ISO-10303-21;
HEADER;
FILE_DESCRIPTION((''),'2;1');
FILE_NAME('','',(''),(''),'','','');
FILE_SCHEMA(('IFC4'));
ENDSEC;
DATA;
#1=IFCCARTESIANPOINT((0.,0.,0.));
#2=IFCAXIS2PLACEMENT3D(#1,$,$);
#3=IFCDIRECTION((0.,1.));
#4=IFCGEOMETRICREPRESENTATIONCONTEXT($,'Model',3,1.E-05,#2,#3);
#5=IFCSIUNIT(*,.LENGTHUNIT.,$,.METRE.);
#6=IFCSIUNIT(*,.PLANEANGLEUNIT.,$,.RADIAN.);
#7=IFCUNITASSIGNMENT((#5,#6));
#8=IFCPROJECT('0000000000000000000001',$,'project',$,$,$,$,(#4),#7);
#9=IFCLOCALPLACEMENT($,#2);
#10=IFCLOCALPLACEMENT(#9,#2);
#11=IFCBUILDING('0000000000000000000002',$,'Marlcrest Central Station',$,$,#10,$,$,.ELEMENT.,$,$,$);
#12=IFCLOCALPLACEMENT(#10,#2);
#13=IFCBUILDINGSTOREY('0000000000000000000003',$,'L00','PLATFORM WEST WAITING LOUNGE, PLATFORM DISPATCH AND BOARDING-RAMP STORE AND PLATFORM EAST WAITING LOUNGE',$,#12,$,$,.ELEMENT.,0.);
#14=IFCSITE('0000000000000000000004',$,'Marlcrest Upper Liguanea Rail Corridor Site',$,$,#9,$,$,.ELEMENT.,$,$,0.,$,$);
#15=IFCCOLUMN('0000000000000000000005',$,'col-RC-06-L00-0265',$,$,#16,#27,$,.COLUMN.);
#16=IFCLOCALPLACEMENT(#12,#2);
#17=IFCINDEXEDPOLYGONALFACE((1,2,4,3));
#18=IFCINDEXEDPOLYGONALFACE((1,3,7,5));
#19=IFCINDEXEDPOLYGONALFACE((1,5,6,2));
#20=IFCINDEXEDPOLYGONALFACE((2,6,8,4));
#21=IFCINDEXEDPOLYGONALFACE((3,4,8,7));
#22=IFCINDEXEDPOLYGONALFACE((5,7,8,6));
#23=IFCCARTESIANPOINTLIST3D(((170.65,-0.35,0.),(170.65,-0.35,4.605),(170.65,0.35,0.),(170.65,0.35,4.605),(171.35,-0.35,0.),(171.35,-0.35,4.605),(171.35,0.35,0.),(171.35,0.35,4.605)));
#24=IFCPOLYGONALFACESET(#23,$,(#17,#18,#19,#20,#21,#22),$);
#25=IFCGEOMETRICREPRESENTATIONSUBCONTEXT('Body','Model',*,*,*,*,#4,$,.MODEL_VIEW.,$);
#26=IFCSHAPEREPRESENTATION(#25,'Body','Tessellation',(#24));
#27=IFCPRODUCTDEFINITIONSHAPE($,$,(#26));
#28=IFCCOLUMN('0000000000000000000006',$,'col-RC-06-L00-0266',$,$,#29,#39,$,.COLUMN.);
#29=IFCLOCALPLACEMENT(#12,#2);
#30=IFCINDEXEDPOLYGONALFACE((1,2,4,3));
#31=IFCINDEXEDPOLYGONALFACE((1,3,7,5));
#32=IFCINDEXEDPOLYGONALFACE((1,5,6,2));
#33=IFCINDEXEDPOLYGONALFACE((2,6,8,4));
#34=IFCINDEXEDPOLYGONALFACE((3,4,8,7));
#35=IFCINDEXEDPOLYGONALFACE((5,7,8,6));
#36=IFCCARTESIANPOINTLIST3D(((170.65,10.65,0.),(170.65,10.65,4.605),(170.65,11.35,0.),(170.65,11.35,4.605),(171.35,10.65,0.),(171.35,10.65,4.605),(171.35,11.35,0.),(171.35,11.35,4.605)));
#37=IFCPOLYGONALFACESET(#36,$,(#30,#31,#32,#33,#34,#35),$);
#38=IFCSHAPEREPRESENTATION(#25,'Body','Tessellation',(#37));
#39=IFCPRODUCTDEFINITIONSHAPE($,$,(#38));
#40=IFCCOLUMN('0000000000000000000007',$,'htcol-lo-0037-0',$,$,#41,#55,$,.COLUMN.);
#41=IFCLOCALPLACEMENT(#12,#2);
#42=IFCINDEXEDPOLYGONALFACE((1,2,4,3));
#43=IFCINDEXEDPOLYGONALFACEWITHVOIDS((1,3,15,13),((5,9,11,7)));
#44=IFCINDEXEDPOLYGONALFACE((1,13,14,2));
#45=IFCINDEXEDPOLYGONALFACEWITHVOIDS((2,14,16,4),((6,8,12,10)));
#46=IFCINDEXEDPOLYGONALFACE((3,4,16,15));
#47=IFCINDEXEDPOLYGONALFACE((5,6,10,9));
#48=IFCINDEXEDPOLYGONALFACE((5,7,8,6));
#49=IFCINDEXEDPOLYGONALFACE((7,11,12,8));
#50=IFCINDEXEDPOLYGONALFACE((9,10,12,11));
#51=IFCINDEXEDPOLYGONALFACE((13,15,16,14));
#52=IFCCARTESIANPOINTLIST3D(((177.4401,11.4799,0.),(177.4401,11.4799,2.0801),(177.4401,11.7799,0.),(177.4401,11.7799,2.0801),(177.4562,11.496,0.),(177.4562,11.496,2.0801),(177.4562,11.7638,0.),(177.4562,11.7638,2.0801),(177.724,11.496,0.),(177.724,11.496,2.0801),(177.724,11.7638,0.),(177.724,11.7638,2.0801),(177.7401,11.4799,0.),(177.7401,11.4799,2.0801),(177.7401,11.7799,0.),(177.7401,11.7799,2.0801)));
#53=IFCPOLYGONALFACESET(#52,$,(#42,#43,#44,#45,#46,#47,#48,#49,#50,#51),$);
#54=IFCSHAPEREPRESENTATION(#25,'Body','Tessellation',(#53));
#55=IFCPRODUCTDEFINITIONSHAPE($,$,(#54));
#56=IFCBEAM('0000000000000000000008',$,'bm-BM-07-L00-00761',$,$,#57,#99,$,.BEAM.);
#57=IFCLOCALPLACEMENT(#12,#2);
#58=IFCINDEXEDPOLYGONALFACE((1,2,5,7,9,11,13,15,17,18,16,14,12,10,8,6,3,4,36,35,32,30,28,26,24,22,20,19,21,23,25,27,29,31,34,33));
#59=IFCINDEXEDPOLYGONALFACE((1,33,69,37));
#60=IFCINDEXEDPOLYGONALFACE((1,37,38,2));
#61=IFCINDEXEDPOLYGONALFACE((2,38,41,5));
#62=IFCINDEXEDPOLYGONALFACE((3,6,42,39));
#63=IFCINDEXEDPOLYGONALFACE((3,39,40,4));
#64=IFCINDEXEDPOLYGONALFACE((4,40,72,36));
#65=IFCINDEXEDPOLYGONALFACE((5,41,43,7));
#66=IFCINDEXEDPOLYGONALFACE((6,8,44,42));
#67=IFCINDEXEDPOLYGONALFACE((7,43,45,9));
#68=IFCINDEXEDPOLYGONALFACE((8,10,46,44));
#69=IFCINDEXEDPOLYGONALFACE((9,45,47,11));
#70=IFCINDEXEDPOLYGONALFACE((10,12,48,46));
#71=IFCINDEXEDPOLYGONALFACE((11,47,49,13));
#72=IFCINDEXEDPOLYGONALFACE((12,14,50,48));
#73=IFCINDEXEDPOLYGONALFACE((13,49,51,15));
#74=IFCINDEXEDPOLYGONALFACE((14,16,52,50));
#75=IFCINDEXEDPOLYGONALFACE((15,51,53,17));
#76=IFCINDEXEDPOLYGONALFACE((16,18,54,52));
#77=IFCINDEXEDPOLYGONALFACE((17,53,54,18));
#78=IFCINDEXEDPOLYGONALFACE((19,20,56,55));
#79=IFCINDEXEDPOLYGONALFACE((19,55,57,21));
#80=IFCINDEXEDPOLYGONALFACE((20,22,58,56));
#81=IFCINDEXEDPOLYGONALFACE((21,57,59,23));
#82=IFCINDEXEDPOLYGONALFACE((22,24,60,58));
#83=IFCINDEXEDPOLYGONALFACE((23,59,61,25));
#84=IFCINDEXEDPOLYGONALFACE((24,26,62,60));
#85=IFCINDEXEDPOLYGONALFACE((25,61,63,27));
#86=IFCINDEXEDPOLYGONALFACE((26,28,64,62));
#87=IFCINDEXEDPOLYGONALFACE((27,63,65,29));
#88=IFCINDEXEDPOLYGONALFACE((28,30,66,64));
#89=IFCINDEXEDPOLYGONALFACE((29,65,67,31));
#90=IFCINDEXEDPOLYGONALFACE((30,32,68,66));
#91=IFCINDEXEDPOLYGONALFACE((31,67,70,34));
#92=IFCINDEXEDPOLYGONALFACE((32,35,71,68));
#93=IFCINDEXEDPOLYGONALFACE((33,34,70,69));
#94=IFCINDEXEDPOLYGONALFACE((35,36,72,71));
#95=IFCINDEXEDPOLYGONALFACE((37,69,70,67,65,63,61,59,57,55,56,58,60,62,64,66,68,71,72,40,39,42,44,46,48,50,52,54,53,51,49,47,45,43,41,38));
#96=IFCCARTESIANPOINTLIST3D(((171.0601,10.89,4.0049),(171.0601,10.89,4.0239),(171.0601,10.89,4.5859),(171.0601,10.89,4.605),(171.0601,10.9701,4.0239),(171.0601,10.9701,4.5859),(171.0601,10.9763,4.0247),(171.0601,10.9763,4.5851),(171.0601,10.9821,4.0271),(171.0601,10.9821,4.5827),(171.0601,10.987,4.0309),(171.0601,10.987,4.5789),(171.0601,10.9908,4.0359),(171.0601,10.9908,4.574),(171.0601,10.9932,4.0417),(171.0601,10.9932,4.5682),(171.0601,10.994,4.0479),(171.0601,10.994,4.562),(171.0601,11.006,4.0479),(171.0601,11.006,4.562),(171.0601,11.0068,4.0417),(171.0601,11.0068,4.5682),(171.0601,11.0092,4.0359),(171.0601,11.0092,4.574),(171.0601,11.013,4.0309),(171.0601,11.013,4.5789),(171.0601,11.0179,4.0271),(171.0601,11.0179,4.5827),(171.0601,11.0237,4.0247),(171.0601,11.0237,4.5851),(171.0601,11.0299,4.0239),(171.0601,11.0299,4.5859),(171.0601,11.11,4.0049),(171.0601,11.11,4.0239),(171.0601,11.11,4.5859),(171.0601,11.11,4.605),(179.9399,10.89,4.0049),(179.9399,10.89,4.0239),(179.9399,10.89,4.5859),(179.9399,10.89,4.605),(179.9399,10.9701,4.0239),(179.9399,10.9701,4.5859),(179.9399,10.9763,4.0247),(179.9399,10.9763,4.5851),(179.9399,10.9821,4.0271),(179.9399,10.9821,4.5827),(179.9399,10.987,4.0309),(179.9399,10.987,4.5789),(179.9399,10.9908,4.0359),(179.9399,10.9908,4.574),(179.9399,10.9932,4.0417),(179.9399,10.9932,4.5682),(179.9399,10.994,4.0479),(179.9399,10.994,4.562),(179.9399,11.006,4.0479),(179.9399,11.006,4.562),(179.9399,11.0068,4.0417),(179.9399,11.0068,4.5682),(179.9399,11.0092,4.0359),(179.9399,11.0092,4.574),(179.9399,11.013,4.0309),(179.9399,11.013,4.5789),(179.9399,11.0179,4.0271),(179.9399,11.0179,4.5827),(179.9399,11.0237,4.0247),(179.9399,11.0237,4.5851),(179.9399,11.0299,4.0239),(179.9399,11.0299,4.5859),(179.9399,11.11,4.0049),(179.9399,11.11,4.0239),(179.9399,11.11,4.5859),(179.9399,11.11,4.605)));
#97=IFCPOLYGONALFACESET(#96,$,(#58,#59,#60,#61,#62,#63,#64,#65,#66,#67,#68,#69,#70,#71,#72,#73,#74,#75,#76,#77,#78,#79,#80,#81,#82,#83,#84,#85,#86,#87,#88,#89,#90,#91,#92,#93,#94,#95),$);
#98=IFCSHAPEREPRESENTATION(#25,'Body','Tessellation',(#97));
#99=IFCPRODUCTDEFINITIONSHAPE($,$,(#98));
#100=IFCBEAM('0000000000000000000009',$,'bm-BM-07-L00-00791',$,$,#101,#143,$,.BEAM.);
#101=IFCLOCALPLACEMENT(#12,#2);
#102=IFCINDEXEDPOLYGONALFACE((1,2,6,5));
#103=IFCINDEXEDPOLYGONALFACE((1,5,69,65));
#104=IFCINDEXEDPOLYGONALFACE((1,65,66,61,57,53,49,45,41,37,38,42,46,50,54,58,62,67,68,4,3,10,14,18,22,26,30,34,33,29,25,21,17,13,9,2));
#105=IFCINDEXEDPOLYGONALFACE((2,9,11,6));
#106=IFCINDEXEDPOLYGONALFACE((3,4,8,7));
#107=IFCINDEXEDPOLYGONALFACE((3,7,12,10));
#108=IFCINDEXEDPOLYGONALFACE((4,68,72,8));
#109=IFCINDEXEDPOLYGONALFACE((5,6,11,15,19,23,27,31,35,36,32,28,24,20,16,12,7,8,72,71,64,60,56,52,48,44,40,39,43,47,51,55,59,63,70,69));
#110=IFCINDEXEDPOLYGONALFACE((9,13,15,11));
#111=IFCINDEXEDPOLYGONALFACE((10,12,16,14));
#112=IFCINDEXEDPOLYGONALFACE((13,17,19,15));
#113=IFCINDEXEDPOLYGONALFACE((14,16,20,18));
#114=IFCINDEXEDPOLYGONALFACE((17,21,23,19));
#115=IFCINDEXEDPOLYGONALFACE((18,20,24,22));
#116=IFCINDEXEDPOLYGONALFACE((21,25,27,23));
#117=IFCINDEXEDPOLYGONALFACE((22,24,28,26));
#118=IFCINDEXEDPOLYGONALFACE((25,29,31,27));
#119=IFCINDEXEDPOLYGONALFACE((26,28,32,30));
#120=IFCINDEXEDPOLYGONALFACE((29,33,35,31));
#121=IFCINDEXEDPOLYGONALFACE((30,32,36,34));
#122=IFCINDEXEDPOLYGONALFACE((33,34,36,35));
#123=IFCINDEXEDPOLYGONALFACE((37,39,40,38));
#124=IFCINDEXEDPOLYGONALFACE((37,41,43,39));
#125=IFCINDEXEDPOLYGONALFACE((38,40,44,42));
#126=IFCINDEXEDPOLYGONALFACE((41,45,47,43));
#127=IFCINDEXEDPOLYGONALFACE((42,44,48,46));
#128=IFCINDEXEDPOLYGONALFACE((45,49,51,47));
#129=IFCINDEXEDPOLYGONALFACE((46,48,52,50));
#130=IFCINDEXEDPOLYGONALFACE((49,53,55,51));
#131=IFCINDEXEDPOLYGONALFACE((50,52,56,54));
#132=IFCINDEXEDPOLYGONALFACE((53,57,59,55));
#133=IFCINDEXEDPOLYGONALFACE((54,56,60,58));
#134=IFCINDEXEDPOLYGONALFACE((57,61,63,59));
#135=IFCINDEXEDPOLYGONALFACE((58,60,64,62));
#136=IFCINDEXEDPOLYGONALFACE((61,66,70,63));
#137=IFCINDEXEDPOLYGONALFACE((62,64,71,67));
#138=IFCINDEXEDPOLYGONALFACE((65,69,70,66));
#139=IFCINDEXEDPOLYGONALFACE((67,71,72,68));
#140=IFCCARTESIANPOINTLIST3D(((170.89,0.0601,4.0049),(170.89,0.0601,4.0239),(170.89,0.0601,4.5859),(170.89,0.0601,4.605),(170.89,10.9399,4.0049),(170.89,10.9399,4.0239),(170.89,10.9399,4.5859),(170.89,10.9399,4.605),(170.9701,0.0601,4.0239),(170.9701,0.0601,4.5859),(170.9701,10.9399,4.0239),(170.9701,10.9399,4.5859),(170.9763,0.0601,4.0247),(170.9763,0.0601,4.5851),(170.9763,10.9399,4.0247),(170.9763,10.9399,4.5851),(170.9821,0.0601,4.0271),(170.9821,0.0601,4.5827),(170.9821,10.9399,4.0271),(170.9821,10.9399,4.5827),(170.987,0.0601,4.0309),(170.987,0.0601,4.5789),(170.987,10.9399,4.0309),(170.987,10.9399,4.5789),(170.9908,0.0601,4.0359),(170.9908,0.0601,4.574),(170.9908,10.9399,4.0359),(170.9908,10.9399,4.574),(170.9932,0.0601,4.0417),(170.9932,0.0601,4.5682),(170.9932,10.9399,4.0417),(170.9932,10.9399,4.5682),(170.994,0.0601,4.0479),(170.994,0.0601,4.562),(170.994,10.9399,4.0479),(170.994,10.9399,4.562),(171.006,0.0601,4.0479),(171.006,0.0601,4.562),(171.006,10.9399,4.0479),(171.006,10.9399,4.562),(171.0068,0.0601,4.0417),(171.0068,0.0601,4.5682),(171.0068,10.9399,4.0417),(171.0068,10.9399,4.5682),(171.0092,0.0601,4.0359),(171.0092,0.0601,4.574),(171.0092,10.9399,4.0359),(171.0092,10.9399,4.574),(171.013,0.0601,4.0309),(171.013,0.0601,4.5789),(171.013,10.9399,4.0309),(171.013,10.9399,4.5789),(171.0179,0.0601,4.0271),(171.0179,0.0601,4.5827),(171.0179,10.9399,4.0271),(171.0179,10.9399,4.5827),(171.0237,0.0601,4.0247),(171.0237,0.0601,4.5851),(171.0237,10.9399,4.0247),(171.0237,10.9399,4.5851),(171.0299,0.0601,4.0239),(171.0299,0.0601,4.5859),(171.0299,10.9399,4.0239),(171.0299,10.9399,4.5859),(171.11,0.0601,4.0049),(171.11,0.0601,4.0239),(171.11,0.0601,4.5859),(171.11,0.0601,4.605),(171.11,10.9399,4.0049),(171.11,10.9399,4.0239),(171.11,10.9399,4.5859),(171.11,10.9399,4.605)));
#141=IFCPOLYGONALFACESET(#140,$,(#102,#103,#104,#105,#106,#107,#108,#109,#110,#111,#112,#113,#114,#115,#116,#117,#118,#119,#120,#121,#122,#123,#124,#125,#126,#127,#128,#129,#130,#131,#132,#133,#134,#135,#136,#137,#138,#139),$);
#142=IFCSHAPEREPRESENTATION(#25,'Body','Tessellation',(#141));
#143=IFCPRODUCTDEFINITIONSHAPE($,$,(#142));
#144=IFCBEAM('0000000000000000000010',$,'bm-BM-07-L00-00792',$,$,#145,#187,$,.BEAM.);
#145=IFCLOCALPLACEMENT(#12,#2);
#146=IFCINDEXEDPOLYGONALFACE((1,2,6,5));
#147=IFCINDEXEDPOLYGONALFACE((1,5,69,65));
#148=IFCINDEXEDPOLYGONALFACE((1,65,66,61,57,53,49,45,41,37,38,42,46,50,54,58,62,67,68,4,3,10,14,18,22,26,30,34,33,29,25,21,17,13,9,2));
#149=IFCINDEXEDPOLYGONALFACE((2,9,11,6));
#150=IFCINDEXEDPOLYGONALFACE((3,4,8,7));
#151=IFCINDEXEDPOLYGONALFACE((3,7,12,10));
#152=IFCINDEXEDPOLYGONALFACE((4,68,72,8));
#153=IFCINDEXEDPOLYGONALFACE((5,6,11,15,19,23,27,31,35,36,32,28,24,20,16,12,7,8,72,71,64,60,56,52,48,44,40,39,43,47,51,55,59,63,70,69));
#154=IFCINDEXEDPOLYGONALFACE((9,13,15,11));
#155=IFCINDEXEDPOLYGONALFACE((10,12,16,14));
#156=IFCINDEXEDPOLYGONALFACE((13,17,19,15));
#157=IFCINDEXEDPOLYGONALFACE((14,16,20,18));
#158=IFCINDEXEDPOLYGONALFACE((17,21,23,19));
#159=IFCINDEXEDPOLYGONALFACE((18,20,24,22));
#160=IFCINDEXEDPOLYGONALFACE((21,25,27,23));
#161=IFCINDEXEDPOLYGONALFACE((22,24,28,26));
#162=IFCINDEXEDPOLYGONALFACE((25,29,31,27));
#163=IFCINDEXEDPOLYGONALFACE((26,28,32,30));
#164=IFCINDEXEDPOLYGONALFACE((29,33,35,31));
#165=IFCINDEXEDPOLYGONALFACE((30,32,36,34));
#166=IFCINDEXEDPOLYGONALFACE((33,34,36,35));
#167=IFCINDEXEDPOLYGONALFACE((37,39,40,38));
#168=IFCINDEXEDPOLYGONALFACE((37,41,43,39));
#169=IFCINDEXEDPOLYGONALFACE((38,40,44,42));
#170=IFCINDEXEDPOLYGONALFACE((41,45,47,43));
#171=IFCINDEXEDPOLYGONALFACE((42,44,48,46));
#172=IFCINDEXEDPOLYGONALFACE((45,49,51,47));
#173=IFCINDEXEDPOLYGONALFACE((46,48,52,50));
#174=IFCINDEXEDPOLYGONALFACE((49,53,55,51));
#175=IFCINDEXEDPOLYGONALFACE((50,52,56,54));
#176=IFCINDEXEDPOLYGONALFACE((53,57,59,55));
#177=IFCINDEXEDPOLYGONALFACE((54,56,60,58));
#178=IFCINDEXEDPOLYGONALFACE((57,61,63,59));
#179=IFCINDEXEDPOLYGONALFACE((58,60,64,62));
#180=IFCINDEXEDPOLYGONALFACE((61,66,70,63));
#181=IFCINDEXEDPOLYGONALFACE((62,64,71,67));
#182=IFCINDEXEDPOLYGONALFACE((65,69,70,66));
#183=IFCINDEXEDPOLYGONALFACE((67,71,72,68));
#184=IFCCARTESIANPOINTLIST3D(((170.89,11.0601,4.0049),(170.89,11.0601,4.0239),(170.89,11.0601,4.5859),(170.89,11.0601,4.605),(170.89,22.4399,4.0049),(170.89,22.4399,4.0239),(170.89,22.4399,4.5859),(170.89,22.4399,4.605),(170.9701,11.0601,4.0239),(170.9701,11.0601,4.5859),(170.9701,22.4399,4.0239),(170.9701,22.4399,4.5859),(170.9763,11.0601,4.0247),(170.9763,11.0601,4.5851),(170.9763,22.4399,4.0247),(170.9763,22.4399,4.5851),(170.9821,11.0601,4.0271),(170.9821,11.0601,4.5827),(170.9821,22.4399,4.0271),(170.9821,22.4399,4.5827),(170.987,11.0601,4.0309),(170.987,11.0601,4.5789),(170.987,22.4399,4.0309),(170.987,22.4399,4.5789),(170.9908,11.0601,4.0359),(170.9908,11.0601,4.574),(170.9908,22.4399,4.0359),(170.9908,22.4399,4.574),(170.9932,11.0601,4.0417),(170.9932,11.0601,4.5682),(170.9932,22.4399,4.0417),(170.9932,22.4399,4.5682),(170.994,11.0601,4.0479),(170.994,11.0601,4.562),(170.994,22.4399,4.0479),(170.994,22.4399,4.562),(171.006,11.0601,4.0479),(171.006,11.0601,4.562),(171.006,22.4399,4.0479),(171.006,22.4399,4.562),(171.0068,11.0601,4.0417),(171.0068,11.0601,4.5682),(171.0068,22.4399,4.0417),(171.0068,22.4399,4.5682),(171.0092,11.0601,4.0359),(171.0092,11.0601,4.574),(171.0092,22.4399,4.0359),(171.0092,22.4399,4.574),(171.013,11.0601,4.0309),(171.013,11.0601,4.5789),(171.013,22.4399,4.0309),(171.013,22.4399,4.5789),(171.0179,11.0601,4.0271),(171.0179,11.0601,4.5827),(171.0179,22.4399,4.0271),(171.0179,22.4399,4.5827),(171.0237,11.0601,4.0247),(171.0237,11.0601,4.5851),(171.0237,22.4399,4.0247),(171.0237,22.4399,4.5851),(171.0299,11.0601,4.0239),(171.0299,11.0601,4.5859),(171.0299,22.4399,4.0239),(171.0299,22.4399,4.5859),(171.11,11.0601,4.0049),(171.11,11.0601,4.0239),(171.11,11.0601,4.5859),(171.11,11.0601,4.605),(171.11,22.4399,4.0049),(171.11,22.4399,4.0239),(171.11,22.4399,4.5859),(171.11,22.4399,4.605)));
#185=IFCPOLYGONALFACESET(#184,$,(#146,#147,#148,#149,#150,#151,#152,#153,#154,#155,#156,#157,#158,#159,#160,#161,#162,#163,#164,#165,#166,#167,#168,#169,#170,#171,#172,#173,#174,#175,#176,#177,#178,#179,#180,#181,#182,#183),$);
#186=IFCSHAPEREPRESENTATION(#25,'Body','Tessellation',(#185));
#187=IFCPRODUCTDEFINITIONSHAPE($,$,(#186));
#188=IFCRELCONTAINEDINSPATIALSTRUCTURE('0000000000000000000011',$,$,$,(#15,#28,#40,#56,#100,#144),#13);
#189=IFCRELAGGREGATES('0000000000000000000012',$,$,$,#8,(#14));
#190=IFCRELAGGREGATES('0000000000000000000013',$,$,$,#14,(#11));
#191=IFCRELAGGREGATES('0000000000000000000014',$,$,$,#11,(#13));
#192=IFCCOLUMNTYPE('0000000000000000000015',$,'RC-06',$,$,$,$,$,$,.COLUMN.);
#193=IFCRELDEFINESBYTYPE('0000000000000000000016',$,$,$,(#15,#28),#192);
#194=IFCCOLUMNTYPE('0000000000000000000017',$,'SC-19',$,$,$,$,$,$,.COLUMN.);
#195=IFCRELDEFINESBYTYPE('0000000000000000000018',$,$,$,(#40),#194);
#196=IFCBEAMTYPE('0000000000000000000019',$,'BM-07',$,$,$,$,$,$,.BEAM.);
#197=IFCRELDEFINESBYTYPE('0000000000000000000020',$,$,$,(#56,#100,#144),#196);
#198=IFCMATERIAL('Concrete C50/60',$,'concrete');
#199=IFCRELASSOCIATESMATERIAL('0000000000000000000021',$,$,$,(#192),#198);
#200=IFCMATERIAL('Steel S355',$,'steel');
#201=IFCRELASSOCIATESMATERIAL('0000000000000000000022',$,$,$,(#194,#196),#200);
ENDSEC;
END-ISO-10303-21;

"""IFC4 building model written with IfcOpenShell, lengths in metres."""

from ifc_helpers import new_model, si_unit, direction, frame, origin, origin_2d, place, context, subcontext, project, spatial, rectangle, hollow_rectangle, i_section, extrude, material, material_profile, profile_set, type_object, element, save


model = new_model("IFC4")

# Units and contexts
model_context = context("Model", 3, precision=1e-05, world=origin(), true_north=direction((0.0, 1.0)))
body_context = subcontext(model_context, "Body", "Model", "MODEL_VIEW")
ifc_project = project(units=[si_unit("LENGTHUNIT", "METRE"), si_unit("PLANEANGLEUNIT", "RADIAN")], contexts=[model_context])

# Site, building, storey
site_placement = place(None, origin())
site = spatial("IfcSite", under=ifc_project, at=site_placement, Name="Marlcrest Upper Liguanea Rail Corridor Site", CompositionType="ELEMENT", RefElevation=0.0)
building_placement = place(site_placement, origin())
building = spatial("IfcBuilding", under=site, at=building_placement, Name="Marlcrest Central Station", CompositionType="ELEMENT")
storey_placement = place(building_placement, origin())
storey = spatial("IfcBuildingStorey", under=building, at=storey_placement, Name="L00", Description="PLATFORM WEST WAITING LOUNGE, PLATFORM DISPATCH AND BOARDING-RAMP STORE AND PLATFORM EAST WAITING LOUNGE", CompositionType="ELEMENT", Elevation=0.0)

# Columns
ifc_material_1 = material(Name="Concrete C50/60", Category="concrete")
ifc_material_profile_1 = material_profile(ifc_material_1, rectangle(XDim=0.7, YDim=0.7, at=origin_2d()), Name="RC 700x700")
ifc_profile_set_1 = profile_set([ifc_material_profile_1], Name="Concrete C50/60")
column_type_1 = type_object("IfcColumnType", Name="RC-06", PredefinedType="COLUMN", material=ifc_profile_set_1)
for number, where, z_axis, x_axis, name in (
    (1, (171.0, 0.0, 0.0), (0.0, 0.0, 1.0), (1.0, 0.0, 0.0), "col-RC-06-L00-0265"),
    (2, (171.0, 11.0, 0.0), (0.0, 0.0, 1.0), (1.0, 0.0, 0.0), "col-RC-06-L00-0266"),
):
    element("IfcColumn", number, at=place(storey_placement, frame(where, z_axis=z_axis, x_axis=x_axis)), inside=storey, type_object=column_type_1, Name=name, PredefinedType="COLUMN", context=body_context, shape_type="SweptSolid", body=[
        extrude(rectangle(XDim=0.7, YDim=0.7, at=origin_2d()), origin(), (0.0, 0.0, 1.0), 4.605),
    ])
ifc_material_2 = material(Name="Steel S355", Category="steel")
ifc_material_profile_2 = material_profile(ifc_material_2, hollow_rectangle(XDim=0.3, YDim=0.3, WallThickness=0.0161, at=origin_2d()), Name="SHS 300x300x16")
ifc_profile_set_2 = profile_set([ifc_material_profile_2], Name="Steel S355")
column_type_2 = type_object("IfcColumnType", Name="SC-19", PredefinedType="COLUMN", material=ifc_profile_set_2)
column_placement = place(storey_placement, frame((177.5901, 11.6299, 0.0), z_axis=(0.0, 0.0, 1.0), x_axis=(1.0, 0.0, 0.0)))
element("IfcColumn", 3, at=column_placement, inside=storey, type_object=column_type_2, Name="htcol-lo-0037-0", PredefinedType="COLUMN", context=body_context, shape_type="SweptSolid", body=[
    extrude(hollow_rectangle(XDim=0.3, YDim=0.3, WallThickness=0.0161, at=origin_2d()), origin(), (0.0, 0.0, 1.0), 2.0801),
])

# Beams
ifc_material_profile_3 = material_profile(ifc_material_2, i_section(OverallWidth=0.22, OverallDepth=0.6001, WebThickness=0.012, FlangeThickness=0.019, FilletRadius=0.0239, at=origin_2d()), Name="IPE 600")
ifc_profile_set_3 = profile_set([ifc_material_profile_3], Name="Steel S355")
beam_type_1 = type_object("IfcBeamType", Name="BM-07", PredefinedType="BEAM", material=ifc_profile_set_3)
beam_1_placement = place(storey_placement, frame((171.0601, 11.0, 4.3049), z_axis=(1.0, 0.0, 0.0), x_axis=(0.0, 1.0, 0.0)))
element("IfcBeam", 4, at=beam_1_placement, inside=storey, type_object=beam_type_1, Name="bm-BM-07-L00-00761", PredefinedType="BEAM", context=body_context, shape_type="SweptSolid", body=[
    extrude(i_section(OverallWidth=0.22, OverallDepth=0.6001, WebThickness=0.012, FlangeThickness=0.019, FilletRadius=0.0239, at=origin_2d()), origin(), (0.0, 0.0, 1.0), 8.8799),
])
beam_2_placement = place(storey_placement, frame((171.0, 0.0601, 4.3049), z_axis=(0.0, 1.0, 0.0), x_axis=(-1.0, 0.0, 0.0)))
element("IfcBeam", 5, at=beam_2_placement, inside=storey, type_object=beam_type_1, Name="bm-BM-07-L00-00791", PredefinedType="BEAM", context=body_context, shape_type="SweptSolid", body=[
    extrude(i_section(OverallWidth=0.22, OverallDepth=0.6001, WebThickness=0.012, FlangeThickness=0.019, FilletRadius=0.0239, at=origin_2d()), origin(), (0.0, 0.0, 1.0), 10.8799),
])
beam_3_placement = place(storey_placement, frame((171.0, 11.0601, 4.3049), z_axis=(0.0, 1.0, 0.0), x_axis=(-1.0, 0.0, 0.0)))
element("IfcBeam", 6, at=beam_3_placement, inside=storey, type_object=beam_type_1, Name="bm-BM-07-L00-00792", PredefinedType="BEAM", context=body_context, shape_type="SweptSolid", body=[
    extrude(i_section(OverallWidth=0.22, OverallDepth=0.6001, WebThickness=0.012, FlangeThickness=0.019, FilletRadius=0.0239, at=origin_2d()), origin(), (0.0, 0.0, 1.0), 11.3799),
])

save(model, "model.ifc")
